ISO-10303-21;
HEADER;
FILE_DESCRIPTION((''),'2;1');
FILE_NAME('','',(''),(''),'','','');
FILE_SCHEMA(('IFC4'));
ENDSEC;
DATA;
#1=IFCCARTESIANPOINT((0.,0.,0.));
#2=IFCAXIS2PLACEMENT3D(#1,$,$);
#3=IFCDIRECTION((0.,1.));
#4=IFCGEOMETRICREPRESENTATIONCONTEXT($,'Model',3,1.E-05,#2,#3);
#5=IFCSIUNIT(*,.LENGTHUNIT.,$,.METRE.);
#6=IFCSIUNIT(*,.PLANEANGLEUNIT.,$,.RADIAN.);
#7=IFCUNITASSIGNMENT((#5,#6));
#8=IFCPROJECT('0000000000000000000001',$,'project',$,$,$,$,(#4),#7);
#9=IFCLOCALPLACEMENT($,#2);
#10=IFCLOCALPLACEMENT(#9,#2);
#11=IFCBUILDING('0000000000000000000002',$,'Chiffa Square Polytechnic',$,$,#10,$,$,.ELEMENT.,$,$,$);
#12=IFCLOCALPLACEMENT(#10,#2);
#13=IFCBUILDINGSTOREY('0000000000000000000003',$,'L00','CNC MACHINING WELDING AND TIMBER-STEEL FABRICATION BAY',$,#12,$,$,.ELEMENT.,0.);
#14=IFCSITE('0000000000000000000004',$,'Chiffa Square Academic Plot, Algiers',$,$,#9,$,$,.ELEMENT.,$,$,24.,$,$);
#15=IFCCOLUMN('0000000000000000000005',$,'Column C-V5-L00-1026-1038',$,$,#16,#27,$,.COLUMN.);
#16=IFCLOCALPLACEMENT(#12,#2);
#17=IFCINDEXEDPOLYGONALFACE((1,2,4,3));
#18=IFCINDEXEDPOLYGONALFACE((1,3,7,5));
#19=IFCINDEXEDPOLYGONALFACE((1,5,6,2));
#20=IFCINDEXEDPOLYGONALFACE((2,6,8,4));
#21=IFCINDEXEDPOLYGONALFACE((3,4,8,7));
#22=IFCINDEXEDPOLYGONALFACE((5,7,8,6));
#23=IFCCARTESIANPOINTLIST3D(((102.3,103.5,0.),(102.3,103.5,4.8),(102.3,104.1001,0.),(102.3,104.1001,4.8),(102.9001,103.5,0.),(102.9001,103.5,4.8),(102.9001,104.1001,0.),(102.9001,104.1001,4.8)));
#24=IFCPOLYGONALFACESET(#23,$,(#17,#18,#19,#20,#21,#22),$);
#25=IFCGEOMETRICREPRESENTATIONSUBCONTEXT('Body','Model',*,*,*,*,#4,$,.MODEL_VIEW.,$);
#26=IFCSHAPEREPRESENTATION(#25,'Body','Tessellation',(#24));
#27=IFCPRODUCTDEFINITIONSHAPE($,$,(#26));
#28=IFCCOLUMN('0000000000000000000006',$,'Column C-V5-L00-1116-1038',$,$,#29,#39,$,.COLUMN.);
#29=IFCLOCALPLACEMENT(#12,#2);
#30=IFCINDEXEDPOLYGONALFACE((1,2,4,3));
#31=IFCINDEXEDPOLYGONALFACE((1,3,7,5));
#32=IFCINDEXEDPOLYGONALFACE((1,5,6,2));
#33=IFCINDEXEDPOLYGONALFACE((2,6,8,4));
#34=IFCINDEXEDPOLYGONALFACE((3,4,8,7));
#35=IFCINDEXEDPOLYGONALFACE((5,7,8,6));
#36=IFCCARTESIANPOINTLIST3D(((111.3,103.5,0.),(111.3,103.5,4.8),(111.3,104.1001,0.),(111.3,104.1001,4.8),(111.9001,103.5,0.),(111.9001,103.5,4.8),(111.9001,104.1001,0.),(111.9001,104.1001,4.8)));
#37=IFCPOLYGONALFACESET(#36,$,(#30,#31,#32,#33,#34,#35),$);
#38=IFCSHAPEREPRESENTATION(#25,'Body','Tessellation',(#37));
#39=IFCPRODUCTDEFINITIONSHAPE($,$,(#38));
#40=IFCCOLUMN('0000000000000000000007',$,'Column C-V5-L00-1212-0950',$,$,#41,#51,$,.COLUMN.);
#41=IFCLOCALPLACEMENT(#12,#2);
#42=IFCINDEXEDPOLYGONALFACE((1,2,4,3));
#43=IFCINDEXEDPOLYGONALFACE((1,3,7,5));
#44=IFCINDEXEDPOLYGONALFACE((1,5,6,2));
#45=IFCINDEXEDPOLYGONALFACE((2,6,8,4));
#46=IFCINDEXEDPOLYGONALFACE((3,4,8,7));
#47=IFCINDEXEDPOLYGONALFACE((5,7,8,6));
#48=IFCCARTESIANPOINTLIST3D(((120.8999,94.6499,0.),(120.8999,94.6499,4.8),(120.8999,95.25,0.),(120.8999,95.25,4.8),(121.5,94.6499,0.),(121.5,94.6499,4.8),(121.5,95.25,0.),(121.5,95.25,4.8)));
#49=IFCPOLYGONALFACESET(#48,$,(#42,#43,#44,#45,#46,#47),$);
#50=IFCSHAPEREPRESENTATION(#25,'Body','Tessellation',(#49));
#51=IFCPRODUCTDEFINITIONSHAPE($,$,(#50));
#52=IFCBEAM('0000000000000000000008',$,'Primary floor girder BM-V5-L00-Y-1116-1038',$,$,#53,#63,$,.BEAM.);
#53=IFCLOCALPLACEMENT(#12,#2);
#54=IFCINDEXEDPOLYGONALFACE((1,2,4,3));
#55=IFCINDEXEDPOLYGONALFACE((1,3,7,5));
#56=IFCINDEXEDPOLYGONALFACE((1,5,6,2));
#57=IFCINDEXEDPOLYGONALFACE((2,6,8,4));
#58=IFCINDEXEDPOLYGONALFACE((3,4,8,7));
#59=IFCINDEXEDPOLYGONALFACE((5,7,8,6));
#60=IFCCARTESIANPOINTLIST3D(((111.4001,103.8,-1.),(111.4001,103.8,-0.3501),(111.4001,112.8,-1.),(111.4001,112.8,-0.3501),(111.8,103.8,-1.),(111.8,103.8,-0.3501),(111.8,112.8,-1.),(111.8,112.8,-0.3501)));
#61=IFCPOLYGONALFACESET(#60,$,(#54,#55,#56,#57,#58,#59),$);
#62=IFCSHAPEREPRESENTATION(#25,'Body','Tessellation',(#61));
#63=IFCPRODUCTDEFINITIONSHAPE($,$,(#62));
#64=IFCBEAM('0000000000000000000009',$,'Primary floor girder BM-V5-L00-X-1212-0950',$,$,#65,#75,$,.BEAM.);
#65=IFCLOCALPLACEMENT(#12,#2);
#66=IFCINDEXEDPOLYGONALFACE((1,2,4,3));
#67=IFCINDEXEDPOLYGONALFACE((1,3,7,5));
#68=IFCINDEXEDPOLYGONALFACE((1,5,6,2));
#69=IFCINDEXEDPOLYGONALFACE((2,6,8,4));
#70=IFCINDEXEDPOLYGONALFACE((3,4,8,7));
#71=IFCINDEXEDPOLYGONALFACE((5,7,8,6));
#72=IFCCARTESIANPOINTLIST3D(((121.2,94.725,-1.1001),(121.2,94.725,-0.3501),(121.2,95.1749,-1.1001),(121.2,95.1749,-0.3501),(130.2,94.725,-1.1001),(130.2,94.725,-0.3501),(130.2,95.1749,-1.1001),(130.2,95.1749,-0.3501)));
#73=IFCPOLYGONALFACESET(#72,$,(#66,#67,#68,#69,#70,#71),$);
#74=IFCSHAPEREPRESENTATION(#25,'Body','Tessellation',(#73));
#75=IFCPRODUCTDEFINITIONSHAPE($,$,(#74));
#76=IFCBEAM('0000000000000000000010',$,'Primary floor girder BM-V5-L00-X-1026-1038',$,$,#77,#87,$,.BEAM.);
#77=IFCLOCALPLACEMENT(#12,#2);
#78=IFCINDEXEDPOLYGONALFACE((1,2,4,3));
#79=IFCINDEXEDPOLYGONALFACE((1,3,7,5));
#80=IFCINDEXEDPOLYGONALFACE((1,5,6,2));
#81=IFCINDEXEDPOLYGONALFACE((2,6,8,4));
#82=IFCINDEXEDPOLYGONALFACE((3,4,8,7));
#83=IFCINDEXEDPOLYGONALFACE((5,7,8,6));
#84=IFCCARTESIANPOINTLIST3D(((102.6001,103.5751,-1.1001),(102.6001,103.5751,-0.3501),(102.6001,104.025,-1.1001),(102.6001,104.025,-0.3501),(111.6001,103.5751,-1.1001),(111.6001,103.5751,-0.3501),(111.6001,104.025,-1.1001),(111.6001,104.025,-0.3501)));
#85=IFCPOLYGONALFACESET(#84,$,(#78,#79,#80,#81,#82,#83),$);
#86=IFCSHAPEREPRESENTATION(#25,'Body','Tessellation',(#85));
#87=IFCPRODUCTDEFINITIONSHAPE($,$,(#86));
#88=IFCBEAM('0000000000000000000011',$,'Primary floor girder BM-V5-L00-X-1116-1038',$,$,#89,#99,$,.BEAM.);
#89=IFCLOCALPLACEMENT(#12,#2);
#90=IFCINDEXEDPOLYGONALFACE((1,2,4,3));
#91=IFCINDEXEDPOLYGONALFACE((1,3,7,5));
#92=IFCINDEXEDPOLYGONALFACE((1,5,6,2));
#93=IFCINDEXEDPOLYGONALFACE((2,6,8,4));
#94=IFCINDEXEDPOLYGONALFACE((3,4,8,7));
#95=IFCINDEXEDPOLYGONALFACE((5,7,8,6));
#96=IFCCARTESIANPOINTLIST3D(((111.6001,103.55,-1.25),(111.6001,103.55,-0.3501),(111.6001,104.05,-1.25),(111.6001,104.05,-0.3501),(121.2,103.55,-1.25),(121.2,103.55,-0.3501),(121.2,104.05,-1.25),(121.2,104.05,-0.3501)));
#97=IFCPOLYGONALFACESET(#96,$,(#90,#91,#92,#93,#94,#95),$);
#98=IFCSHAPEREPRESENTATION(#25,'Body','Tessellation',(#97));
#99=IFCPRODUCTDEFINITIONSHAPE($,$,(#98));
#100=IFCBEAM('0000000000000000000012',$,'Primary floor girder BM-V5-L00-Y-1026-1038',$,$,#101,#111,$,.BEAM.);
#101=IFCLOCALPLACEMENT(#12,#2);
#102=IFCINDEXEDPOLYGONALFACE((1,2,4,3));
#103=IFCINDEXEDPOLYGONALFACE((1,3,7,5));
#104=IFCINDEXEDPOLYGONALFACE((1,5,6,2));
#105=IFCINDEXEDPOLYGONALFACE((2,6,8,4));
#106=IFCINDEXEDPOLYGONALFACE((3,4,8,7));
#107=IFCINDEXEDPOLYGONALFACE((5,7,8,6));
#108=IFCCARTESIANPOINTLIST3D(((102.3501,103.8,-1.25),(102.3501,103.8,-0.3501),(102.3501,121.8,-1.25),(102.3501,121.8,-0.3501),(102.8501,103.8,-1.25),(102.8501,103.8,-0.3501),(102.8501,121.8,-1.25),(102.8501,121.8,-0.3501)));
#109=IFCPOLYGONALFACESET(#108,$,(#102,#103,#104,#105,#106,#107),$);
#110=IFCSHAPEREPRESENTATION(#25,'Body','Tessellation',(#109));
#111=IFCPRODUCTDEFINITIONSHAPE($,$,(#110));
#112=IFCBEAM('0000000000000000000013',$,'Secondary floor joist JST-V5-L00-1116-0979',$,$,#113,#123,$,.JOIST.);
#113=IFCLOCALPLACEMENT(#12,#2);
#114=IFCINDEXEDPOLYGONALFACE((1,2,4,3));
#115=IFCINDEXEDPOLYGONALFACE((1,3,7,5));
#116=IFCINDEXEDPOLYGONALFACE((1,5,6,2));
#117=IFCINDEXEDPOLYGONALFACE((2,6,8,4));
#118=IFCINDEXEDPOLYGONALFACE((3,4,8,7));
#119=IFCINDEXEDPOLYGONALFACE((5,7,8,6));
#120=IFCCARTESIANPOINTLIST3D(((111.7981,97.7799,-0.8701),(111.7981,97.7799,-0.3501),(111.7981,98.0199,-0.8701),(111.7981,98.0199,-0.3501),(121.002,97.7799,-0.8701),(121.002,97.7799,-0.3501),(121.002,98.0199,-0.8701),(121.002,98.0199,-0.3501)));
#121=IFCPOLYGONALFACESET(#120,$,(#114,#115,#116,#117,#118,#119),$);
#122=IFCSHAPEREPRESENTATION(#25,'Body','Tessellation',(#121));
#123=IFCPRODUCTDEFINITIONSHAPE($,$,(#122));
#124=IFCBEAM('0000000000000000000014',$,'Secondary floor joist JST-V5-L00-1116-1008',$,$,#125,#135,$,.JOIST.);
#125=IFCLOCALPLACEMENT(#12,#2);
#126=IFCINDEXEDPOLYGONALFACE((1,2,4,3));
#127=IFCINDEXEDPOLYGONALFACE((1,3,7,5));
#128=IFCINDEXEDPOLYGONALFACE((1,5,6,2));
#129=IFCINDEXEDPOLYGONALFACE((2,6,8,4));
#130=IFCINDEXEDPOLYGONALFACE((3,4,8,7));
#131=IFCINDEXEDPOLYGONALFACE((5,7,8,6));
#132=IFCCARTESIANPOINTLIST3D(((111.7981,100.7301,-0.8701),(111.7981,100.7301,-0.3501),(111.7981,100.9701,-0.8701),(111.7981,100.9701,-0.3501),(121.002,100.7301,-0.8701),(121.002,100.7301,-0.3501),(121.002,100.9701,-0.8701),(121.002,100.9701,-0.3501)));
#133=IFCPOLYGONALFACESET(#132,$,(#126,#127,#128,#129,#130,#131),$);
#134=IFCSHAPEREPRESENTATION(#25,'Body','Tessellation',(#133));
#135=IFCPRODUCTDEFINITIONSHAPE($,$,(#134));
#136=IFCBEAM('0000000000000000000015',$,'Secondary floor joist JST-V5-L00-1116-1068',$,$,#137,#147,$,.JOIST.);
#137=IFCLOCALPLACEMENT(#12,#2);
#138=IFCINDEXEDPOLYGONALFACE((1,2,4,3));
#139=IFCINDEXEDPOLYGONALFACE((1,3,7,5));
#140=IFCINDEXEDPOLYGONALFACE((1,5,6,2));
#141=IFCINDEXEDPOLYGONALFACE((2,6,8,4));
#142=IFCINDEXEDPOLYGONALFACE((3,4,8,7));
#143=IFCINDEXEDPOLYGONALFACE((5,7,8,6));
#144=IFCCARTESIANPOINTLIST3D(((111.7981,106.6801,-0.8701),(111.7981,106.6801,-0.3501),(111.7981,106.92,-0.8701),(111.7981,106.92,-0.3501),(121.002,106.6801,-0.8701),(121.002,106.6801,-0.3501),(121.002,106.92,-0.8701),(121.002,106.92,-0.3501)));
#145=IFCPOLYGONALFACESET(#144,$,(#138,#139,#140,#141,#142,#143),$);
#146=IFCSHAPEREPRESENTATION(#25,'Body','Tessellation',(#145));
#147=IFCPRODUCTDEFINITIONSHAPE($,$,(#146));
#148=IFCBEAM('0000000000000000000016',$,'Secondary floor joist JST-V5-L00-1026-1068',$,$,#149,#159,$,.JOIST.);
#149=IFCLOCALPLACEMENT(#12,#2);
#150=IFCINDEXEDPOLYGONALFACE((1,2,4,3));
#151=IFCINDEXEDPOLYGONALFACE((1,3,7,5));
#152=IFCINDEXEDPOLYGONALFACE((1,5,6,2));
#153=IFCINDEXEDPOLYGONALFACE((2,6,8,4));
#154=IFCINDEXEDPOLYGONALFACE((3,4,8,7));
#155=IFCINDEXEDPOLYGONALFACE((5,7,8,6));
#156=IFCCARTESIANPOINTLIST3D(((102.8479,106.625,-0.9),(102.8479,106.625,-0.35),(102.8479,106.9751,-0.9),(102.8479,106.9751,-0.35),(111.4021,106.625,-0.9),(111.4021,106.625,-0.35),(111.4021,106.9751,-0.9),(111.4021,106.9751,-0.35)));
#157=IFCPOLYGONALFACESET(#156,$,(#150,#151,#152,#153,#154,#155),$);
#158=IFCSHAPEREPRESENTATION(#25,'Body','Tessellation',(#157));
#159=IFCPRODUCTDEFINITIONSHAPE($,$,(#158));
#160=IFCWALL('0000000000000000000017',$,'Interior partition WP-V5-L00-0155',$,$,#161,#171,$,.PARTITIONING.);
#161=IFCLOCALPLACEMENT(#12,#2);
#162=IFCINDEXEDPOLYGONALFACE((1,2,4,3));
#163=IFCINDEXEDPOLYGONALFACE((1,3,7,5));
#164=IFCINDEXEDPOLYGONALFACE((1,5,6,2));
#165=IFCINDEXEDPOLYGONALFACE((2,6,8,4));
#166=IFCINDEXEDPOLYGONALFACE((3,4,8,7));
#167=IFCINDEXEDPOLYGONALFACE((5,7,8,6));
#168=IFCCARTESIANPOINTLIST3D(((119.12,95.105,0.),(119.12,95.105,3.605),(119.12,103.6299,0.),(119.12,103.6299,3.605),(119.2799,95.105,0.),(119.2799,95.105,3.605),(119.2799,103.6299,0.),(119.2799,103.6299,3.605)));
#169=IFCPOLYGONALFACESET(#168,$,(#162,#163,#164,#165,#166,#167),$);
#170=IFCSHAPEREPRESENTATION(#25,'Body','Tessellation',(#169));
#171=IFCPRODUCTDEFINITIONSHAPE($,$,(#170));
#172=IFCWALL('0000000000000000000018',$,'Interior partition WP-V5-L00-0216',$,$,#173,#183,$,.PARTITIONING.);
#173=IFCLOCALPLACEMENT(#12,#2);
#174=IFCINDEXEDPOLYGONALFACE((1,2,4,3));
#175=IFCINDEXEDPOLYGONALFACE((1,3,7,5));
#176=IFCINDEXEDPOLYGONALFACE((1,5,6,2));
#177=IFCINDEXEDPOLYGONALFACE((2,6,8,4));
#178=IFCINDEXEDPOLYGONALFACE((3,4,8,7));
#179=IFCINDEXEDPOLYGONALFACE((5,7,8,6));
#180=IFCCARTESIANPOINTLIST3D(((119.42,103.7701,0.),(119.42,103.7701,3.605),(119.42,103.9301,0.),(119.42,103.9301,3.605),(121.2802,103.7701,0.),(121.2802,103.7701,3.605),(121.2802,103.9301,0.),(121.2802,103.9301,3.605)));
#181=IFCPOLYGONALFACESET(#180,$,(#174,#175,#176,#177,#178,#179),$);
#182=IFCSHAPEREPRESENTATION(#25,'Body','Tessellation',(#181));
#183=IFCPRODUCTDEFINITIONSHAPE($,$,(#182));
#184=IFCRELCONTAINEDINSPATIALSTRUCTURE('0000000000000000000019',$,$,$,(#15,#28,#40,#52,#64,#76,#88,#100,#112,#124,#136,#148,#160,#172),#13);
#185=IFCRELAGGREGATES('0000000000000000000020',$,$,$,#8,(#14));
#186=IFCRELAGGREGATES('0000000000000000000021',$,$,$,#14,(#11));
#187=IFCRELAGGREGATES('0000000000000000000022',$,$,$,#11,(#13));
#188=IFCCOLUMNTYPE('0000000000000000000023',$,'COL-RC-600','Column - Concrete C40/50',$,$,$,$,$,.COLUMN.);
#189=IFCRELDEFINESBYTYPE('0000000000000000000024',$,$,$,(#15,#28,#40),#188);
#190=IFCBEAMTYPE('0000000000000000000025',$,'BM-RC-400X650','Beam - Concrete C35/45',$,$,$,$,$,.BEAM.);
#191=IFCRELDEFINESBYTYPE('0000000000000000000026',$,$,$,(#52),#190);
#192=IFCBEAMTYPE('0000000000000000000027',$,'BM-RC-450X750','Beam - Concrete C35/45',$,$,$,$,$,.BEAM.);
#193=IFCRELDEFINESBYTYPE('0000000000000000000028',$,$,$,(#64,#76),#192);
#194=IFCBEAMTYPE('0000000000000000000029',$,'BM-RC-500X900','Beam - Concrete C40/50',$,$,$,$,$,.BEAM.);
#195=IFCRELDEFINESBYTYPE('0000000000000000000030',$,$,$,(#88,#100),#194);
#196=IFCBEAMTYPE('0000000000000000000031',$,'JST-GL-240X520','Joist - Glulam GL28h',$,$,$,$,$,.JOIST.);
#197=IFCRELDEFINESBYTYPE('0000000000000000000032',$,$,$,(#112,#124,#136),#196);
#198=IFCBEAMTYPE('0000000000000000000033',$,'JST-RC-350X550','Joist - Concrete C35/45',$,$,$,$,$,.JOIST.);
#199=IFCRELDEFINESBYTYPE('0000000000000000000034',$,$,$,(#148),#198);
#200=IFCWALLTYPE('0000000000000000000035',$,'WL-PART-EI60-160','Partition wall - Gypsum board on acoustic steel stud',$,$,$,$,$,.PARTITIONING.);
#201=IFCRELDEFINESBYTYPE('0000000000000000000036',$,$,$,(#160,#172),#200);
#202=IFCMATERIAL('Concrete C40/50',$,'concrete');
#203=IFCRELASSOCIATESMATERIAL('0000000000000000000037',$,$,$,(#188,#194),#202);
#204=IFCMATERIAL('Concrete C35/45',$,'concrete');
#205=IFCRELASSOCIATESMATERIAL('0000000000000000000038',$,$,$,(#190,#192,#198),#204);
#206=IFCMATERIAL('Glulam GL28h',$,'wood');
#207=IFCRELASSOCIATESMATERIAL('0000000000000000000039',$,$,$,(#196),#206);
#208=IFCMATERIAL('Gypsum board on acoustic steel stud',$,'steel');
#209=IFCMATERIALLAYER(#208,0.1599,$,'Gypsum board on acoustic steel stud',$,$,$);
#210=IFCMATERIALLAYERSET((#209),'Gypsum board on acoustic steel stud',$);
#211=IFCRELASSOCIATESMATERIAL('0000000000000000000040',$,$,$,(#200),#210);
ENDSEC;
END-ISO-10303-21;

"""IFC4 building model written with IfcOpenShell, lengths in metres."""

from ifc_helpers import new_model, si_unit, direction, frame, frame_2d, origin, origin_2d, place, context, subcontext, project, spatial, rectangle, extrude, material, layer, layer_set, material_profile, profile_set, type_object, element, save


model = new_model("IFC4")

# Units and contexts
model_context = context("Model", 3, precision=1e-05, world=origin(), true_north=direction((0.0, 1.0)))
body_context = subcontext(model_context, "Body", "Model", "MODEL_VIEW")
ifc_project = project(units=[si_unit("LENGTHUNIT", "METRE"), si_unit("PLANEANGLEUNIT", "RADIAN")], contexts=[model_context])

# Site, building, storey
site_placement = place(None, origin())
site = spatial("IfcSite", under=ifc_project, at=site_placement, Name="Chiffa Square Academic Plot, Algiers", CompositionType="ELEMENT", RefElevation=24.0)
building_placement = place(site_placement, origin())
building = spatial("IfcBuilding", under=site, at=building_placement, Name="Chiffa Square Polytechnic", CompositionType="ELEMENT")
storey_placement = place(building_placement, origin())
storey = spatial("IfcBuildingStorey", under=building, at=storey_placement, Name="L00", Description="CNC MACHINING WELDING AND TIMBER-STEEL FABRICATION BAY", CompositionType="ELEMENT", Elevation=0.0)

# Columns
ifc_material_1 = material(Name="Concrete C40/50", Category="concrete")
ifc_material_profile_1 = material_profile(ifc_material_1, rectangle(XDim=0.6001, YDim=0.6001, at=origin_2d()), Name="RC 600x600")
ifc_profile_set_1 = profile_set([ifc_material_profile_1], Name="Concrete C40/50")
column_type = type_object("IfcColumnType", Name="COL-RC-600", Description="Column - Concrete C40/50", PredefinedType="COLUMN", material=ifc_profile_set_1)
for number, where, z_axis, x_axis, name in (
    (1, (102.6001, 103.8, 0.0), (0.0, 0.0, 1.0), (1.0, 0.0, 0.0), "Column C-V5-L00-1026-1038"),
    (2, (111.6001, 103.8, 0.0), (0.0, 0.0, 1.0), (1.0, 0.0, 0.0), "Column C-V5-L00-1116-1038"),
    (3, (121.2, 94.95, 0.0), (0.0, 0.0, 1.0), (1.0, 0.0, 0.0), "Column C-V5-L00-1212-0950"),
):
    element("IfcColumn", number, at=place(storey_placement, frame(where, z_axis=z_axis, x_axis=x_axis)), inside=storey, type_object=column_type, Name=name, PredefinedType="COLUMN", context=body_context, shape_type="SweptSolid", body=[
        extrude(rectangle(XDim=0.6001, YDim=0.6001, at=origin_2d()), origin(), (0.0, 0.0, 1.0), 4.8),
    ])

# Beams
ifc_material_2 = material(Name="Concrete C35/45", Category="concrete")
ifc_material_profile_2 = material_profile(ifc_material_2, rectangle(XDim=0.3999, YDim=0.6499, at=origin_2d()), Name="RC 400x650")
ifc_profile_set_2 = profile_set([ifc_material_profile_2], Name="Concrete C35/45")
beam_type_1 = type_object("IfcBeamType", Name="BM-RC-400X650", Description="Beam - Concrete C35/45", PredefinedType="BEAM", material=ifc_profile_set_2)
beam_1_placement = place(storey_placement, frame((111.6001, 103.8, -0.675), z_axis=(0.0, 1.0, 0.0), x_axis=(-1.0, 0.0, 0.0)))
element("IfcBeam", 4, at=beam_1_placement, inside=storey, type_object=beam_type_1, Name="Primary floor girder BM-V5-L00-Y-1116-1038", PredefinedType="BEAM", context=body_context, shape_type="SweptSolid", body=[
    extrude(rectangle(XDim=0.3999, YDim=0.6499, at=origin_2d()), origin(), (0.0, 0.0, 1.0), 9.0),
])
ifc_material_profile_3 = material_profile(ifc_material_2, rectangle(XDim=0.45, YDim=0.75, at=origin_2d()), Name="RC 450x750")
ifc_profile_set_3 = profile_set([ifc_material_profile_3], Name="Concrete C35/45")
beam_type_2 = type_object("IfcBeamType", Name="BM-RC-450X750", Description="Beam - Concrete C35/45", PredefinedType="BEAM", material=ifc_profile_set_3)
for number, where, z_axis, x_axis, name in (
    (5, (121.2, 94.95, -0.7251), (1.0, 0.0, 0.0), (0.0, 1.0, 0.0), "Primary floor girder BM-V5-L00-X-1212-0950"),
    (6, (102.6001, 103.8, -0.7251), (1.0, 0.0, 0.0), (0.0, 1.0, 0.0), "Primary floor girder BM-V5-L00-X-1026-1038"),
):
    element("IfcBeam", number, at=place(storey_placement, frame(where, z_axis=z_axis, x_axis=x_axis)), inside=storey, type_object=beam_type_2, Name=name, PredefinedType="BEAM", context=body_context, shape_type="SweptSolid", body=[
        extrude(rectangle(XDim=0.45, YDim=0.75, at=origin_2d()), origin(), (0.0, 0.0, 1.0), 9.0),
    ])
ifc_material_profile_4 = material_profile(ifc_material_1, rectangle(XDim=0.5, YDim=0.8999, at=origin_2d()), Name="RC 500x900")
ifc_profile_set_4 = profile_set([ifc_material_profile_4], Name="Concrete C40/50")
beam_type_3 = type_object("IfcBeamType", Name="BM-RC-500X900", Description="Beam - Concrete C40/50", PredefinedType="BEAM", material=ifc_profile_set_4)
beam_2_placement = place(storey_placement, frame((111.6001, 103.8, -0.8), z_axis=(1.0, 0.0, 0.0), x_axis=(0.0, 1.0, 0.0)))
element("IfcBeam", 7, at=beam_2_placement, inside=storey, type_object=beam_type_3, Name="Primary floor girder BM-V5-L00-X-1116-1038", PredefinedType="BEAM", context=body_context, shape_type="SweptSolid", body=[
    extrude(rectangle(XDim=0.5, YDim=0.8999, at=origin_2d()), origin(), (0.0, 0.0, 1.0), 9.5999),
])
beam_3_placement = place(storey_placement, frame((102.6001, 103.8, -0.8), z_axis=(0.0, 1.0, 0.0), x_axis=(-1.0, 0.0, 0.0)))
element("IfcBeam", 8, at=beam_3_placement, inside=storey, type_object=beam_type_3, Name="Primary floor girder BM-V5-L00-Y-1026-1038", PredefinedType="BEAM", context=body_context, shape_type="SweptSolid", body=[
    extrude(rectangle(XDim=0.5, YDim=0.8999, at=origin_2d()), origin(), (0.0, 0.0, 1.0), 18.0),
])
ifc_material_3 = material(Name="Glulam GL28h", Category="wood")
ifc_material_profile_5 = material_profile(ifc_material_3, rectangle(XDim=0.24, YDim=0.52, at=origin_2d()), Name="GL28h 240x520")
ifc_profile_set_5 = profile_set([ifc_material_profile_5], Name="Glulam GL28h")
beam_type_4 = type_object("IfcBeamType", Name="JST-GL-240X520", Description="Joist - Glulam GL28h", PredefinedType="JOIST", material=ifc_profile_set_5)
for number, where, z_axis, x_axis, name in (
    (9, (111.7981, 97.8999, -0.6101), (1.0, 0.0, 0.0), (0.0, 1.0, 0.0), "Secondary floor joist JST-V5-L00-1116-0979"),
    (10, (111.7981, 100.8501, -0.6101), (1.0, 0.0, 0.0), (0.0, 1.0, 0.0), "Secondary floor joist JST-V5-L00-1116-1008"),
    (11, (111.7981, 106.8, -0.6101), (1.0, 0.0, 0.0), (0.0, 1.0, 0.0), "Secondary floor joist JST-V5-L00-1116-1068"),
):
    element("IfcBeam", number, at=place(storey_placement, frame(where, z_axis=z_axis, x_axis=x_axis)), inside=storey, type_object=beam_type_4, Name=name, PredefinedType="JOIST", context=body_context, shape_type="SweptSolid", body=[
        extrude(rectangle(XDim=0.24, YDim=0.52, at=origin_2d()), origin(), (0.0, 0.0, 1.0), 9.2039),
    ])
ifc_material_profile_6 = material_profile(ifc_material_2, rectangle(XDim=0.3501, YDim=0.55, at=origin_2d()), Name="RC 350x550")
ifc_profile_set_6 = profile_set([ifc_material_profile_6], Name="Concrete C35/45")
beam_type_5 = type_object("IfcBeamType", Name="JST-RC-350X550", Description="Joist - Concrete C35/45", PredefinedType="JOIST", material=ifc_profile_set_6)
beam_4_placement = place(storey_placement, frame((102.8479, 106.8, -0.625), z_axis=(1.0, 0.0, 0.0), x_axis=(0.0, 1.0, 0.0)))
element("IfcBeam", 12, at=beam_4_placement, inside=storey, type_object=beam_type_5, Name="Secondary floor joist JST-V5-L00-1026-1068", PredefinedType="JOIST", context=body_context, shape_type="SweptSolid", body=[
    extrude(rectangle(XDim=0.3501, YDim=0.55, at=origin_2d()), origin(), (0.0, 0.0, 1.0), 8.5542),
])

# Walls
ifc_material_4 = material(Name="Gypsum board on acoustic steel stud", Category="steel")
ifc_layer_1 = layer(ifc_material_4, 0.1599, Name="Gypsum board on acoustic steel stud")
ifc_layer_set_1 = layer_set([ifc_layer_1], Name="Gypsum board on acoustic steel stud")
wall_type_1 = type_object("IfcWallType", Name="WL-PART-EI60-160", Description="Partition wall - Gypsum board on acoustic steel stud", PredefinedType="PARTITIONING", material=ifc_layer_set_1)
wall_1_placement = place(storey_placement, frame((119.2, 95.105, 0.0), z_axis=(0.0, 0.0, 1.0), x_axis=(0.0, 1.0, 0.0)))
element("IfcWall", 13, at=wall_1_placement, inside=storey, type_object=wall_type_1, Name="Interior partition WP-V5-L00-0155", PredefinedType="PARTITIONING", context=body_context, shape_type="SweptSolid", body=[
    extrude(rectangle(XDim=8.5249, YDim=0.1599, at=frame_2d((4.2625, 0.0))), origin(), (0.0, 0.0, 1.0), 3.605),
])
wall_2_placement = place(storey_placement, frame((119.4199, 103.8501, 0.0), z_axis=(0.0, 0.0, 1.0), x_axis=(1.0, 0.0, 0.0)))
element("IfcWall", 14, at=wall_2_placement, inside=storey, type_object=wall_type_1, Name="Interior partition WP-V5-L00-0216", PredefinedType="PARTITIONING", context=body_context, shape_type="SweptSolid", body=[
    extrude(rectangle(XDim=1.8601, YDim=0.1599, at=frame_2d((0.9302, 0.0))), origin(), (0.0, 0.0, 1.0), 3.605),
])

save(model, "model.ifc")
